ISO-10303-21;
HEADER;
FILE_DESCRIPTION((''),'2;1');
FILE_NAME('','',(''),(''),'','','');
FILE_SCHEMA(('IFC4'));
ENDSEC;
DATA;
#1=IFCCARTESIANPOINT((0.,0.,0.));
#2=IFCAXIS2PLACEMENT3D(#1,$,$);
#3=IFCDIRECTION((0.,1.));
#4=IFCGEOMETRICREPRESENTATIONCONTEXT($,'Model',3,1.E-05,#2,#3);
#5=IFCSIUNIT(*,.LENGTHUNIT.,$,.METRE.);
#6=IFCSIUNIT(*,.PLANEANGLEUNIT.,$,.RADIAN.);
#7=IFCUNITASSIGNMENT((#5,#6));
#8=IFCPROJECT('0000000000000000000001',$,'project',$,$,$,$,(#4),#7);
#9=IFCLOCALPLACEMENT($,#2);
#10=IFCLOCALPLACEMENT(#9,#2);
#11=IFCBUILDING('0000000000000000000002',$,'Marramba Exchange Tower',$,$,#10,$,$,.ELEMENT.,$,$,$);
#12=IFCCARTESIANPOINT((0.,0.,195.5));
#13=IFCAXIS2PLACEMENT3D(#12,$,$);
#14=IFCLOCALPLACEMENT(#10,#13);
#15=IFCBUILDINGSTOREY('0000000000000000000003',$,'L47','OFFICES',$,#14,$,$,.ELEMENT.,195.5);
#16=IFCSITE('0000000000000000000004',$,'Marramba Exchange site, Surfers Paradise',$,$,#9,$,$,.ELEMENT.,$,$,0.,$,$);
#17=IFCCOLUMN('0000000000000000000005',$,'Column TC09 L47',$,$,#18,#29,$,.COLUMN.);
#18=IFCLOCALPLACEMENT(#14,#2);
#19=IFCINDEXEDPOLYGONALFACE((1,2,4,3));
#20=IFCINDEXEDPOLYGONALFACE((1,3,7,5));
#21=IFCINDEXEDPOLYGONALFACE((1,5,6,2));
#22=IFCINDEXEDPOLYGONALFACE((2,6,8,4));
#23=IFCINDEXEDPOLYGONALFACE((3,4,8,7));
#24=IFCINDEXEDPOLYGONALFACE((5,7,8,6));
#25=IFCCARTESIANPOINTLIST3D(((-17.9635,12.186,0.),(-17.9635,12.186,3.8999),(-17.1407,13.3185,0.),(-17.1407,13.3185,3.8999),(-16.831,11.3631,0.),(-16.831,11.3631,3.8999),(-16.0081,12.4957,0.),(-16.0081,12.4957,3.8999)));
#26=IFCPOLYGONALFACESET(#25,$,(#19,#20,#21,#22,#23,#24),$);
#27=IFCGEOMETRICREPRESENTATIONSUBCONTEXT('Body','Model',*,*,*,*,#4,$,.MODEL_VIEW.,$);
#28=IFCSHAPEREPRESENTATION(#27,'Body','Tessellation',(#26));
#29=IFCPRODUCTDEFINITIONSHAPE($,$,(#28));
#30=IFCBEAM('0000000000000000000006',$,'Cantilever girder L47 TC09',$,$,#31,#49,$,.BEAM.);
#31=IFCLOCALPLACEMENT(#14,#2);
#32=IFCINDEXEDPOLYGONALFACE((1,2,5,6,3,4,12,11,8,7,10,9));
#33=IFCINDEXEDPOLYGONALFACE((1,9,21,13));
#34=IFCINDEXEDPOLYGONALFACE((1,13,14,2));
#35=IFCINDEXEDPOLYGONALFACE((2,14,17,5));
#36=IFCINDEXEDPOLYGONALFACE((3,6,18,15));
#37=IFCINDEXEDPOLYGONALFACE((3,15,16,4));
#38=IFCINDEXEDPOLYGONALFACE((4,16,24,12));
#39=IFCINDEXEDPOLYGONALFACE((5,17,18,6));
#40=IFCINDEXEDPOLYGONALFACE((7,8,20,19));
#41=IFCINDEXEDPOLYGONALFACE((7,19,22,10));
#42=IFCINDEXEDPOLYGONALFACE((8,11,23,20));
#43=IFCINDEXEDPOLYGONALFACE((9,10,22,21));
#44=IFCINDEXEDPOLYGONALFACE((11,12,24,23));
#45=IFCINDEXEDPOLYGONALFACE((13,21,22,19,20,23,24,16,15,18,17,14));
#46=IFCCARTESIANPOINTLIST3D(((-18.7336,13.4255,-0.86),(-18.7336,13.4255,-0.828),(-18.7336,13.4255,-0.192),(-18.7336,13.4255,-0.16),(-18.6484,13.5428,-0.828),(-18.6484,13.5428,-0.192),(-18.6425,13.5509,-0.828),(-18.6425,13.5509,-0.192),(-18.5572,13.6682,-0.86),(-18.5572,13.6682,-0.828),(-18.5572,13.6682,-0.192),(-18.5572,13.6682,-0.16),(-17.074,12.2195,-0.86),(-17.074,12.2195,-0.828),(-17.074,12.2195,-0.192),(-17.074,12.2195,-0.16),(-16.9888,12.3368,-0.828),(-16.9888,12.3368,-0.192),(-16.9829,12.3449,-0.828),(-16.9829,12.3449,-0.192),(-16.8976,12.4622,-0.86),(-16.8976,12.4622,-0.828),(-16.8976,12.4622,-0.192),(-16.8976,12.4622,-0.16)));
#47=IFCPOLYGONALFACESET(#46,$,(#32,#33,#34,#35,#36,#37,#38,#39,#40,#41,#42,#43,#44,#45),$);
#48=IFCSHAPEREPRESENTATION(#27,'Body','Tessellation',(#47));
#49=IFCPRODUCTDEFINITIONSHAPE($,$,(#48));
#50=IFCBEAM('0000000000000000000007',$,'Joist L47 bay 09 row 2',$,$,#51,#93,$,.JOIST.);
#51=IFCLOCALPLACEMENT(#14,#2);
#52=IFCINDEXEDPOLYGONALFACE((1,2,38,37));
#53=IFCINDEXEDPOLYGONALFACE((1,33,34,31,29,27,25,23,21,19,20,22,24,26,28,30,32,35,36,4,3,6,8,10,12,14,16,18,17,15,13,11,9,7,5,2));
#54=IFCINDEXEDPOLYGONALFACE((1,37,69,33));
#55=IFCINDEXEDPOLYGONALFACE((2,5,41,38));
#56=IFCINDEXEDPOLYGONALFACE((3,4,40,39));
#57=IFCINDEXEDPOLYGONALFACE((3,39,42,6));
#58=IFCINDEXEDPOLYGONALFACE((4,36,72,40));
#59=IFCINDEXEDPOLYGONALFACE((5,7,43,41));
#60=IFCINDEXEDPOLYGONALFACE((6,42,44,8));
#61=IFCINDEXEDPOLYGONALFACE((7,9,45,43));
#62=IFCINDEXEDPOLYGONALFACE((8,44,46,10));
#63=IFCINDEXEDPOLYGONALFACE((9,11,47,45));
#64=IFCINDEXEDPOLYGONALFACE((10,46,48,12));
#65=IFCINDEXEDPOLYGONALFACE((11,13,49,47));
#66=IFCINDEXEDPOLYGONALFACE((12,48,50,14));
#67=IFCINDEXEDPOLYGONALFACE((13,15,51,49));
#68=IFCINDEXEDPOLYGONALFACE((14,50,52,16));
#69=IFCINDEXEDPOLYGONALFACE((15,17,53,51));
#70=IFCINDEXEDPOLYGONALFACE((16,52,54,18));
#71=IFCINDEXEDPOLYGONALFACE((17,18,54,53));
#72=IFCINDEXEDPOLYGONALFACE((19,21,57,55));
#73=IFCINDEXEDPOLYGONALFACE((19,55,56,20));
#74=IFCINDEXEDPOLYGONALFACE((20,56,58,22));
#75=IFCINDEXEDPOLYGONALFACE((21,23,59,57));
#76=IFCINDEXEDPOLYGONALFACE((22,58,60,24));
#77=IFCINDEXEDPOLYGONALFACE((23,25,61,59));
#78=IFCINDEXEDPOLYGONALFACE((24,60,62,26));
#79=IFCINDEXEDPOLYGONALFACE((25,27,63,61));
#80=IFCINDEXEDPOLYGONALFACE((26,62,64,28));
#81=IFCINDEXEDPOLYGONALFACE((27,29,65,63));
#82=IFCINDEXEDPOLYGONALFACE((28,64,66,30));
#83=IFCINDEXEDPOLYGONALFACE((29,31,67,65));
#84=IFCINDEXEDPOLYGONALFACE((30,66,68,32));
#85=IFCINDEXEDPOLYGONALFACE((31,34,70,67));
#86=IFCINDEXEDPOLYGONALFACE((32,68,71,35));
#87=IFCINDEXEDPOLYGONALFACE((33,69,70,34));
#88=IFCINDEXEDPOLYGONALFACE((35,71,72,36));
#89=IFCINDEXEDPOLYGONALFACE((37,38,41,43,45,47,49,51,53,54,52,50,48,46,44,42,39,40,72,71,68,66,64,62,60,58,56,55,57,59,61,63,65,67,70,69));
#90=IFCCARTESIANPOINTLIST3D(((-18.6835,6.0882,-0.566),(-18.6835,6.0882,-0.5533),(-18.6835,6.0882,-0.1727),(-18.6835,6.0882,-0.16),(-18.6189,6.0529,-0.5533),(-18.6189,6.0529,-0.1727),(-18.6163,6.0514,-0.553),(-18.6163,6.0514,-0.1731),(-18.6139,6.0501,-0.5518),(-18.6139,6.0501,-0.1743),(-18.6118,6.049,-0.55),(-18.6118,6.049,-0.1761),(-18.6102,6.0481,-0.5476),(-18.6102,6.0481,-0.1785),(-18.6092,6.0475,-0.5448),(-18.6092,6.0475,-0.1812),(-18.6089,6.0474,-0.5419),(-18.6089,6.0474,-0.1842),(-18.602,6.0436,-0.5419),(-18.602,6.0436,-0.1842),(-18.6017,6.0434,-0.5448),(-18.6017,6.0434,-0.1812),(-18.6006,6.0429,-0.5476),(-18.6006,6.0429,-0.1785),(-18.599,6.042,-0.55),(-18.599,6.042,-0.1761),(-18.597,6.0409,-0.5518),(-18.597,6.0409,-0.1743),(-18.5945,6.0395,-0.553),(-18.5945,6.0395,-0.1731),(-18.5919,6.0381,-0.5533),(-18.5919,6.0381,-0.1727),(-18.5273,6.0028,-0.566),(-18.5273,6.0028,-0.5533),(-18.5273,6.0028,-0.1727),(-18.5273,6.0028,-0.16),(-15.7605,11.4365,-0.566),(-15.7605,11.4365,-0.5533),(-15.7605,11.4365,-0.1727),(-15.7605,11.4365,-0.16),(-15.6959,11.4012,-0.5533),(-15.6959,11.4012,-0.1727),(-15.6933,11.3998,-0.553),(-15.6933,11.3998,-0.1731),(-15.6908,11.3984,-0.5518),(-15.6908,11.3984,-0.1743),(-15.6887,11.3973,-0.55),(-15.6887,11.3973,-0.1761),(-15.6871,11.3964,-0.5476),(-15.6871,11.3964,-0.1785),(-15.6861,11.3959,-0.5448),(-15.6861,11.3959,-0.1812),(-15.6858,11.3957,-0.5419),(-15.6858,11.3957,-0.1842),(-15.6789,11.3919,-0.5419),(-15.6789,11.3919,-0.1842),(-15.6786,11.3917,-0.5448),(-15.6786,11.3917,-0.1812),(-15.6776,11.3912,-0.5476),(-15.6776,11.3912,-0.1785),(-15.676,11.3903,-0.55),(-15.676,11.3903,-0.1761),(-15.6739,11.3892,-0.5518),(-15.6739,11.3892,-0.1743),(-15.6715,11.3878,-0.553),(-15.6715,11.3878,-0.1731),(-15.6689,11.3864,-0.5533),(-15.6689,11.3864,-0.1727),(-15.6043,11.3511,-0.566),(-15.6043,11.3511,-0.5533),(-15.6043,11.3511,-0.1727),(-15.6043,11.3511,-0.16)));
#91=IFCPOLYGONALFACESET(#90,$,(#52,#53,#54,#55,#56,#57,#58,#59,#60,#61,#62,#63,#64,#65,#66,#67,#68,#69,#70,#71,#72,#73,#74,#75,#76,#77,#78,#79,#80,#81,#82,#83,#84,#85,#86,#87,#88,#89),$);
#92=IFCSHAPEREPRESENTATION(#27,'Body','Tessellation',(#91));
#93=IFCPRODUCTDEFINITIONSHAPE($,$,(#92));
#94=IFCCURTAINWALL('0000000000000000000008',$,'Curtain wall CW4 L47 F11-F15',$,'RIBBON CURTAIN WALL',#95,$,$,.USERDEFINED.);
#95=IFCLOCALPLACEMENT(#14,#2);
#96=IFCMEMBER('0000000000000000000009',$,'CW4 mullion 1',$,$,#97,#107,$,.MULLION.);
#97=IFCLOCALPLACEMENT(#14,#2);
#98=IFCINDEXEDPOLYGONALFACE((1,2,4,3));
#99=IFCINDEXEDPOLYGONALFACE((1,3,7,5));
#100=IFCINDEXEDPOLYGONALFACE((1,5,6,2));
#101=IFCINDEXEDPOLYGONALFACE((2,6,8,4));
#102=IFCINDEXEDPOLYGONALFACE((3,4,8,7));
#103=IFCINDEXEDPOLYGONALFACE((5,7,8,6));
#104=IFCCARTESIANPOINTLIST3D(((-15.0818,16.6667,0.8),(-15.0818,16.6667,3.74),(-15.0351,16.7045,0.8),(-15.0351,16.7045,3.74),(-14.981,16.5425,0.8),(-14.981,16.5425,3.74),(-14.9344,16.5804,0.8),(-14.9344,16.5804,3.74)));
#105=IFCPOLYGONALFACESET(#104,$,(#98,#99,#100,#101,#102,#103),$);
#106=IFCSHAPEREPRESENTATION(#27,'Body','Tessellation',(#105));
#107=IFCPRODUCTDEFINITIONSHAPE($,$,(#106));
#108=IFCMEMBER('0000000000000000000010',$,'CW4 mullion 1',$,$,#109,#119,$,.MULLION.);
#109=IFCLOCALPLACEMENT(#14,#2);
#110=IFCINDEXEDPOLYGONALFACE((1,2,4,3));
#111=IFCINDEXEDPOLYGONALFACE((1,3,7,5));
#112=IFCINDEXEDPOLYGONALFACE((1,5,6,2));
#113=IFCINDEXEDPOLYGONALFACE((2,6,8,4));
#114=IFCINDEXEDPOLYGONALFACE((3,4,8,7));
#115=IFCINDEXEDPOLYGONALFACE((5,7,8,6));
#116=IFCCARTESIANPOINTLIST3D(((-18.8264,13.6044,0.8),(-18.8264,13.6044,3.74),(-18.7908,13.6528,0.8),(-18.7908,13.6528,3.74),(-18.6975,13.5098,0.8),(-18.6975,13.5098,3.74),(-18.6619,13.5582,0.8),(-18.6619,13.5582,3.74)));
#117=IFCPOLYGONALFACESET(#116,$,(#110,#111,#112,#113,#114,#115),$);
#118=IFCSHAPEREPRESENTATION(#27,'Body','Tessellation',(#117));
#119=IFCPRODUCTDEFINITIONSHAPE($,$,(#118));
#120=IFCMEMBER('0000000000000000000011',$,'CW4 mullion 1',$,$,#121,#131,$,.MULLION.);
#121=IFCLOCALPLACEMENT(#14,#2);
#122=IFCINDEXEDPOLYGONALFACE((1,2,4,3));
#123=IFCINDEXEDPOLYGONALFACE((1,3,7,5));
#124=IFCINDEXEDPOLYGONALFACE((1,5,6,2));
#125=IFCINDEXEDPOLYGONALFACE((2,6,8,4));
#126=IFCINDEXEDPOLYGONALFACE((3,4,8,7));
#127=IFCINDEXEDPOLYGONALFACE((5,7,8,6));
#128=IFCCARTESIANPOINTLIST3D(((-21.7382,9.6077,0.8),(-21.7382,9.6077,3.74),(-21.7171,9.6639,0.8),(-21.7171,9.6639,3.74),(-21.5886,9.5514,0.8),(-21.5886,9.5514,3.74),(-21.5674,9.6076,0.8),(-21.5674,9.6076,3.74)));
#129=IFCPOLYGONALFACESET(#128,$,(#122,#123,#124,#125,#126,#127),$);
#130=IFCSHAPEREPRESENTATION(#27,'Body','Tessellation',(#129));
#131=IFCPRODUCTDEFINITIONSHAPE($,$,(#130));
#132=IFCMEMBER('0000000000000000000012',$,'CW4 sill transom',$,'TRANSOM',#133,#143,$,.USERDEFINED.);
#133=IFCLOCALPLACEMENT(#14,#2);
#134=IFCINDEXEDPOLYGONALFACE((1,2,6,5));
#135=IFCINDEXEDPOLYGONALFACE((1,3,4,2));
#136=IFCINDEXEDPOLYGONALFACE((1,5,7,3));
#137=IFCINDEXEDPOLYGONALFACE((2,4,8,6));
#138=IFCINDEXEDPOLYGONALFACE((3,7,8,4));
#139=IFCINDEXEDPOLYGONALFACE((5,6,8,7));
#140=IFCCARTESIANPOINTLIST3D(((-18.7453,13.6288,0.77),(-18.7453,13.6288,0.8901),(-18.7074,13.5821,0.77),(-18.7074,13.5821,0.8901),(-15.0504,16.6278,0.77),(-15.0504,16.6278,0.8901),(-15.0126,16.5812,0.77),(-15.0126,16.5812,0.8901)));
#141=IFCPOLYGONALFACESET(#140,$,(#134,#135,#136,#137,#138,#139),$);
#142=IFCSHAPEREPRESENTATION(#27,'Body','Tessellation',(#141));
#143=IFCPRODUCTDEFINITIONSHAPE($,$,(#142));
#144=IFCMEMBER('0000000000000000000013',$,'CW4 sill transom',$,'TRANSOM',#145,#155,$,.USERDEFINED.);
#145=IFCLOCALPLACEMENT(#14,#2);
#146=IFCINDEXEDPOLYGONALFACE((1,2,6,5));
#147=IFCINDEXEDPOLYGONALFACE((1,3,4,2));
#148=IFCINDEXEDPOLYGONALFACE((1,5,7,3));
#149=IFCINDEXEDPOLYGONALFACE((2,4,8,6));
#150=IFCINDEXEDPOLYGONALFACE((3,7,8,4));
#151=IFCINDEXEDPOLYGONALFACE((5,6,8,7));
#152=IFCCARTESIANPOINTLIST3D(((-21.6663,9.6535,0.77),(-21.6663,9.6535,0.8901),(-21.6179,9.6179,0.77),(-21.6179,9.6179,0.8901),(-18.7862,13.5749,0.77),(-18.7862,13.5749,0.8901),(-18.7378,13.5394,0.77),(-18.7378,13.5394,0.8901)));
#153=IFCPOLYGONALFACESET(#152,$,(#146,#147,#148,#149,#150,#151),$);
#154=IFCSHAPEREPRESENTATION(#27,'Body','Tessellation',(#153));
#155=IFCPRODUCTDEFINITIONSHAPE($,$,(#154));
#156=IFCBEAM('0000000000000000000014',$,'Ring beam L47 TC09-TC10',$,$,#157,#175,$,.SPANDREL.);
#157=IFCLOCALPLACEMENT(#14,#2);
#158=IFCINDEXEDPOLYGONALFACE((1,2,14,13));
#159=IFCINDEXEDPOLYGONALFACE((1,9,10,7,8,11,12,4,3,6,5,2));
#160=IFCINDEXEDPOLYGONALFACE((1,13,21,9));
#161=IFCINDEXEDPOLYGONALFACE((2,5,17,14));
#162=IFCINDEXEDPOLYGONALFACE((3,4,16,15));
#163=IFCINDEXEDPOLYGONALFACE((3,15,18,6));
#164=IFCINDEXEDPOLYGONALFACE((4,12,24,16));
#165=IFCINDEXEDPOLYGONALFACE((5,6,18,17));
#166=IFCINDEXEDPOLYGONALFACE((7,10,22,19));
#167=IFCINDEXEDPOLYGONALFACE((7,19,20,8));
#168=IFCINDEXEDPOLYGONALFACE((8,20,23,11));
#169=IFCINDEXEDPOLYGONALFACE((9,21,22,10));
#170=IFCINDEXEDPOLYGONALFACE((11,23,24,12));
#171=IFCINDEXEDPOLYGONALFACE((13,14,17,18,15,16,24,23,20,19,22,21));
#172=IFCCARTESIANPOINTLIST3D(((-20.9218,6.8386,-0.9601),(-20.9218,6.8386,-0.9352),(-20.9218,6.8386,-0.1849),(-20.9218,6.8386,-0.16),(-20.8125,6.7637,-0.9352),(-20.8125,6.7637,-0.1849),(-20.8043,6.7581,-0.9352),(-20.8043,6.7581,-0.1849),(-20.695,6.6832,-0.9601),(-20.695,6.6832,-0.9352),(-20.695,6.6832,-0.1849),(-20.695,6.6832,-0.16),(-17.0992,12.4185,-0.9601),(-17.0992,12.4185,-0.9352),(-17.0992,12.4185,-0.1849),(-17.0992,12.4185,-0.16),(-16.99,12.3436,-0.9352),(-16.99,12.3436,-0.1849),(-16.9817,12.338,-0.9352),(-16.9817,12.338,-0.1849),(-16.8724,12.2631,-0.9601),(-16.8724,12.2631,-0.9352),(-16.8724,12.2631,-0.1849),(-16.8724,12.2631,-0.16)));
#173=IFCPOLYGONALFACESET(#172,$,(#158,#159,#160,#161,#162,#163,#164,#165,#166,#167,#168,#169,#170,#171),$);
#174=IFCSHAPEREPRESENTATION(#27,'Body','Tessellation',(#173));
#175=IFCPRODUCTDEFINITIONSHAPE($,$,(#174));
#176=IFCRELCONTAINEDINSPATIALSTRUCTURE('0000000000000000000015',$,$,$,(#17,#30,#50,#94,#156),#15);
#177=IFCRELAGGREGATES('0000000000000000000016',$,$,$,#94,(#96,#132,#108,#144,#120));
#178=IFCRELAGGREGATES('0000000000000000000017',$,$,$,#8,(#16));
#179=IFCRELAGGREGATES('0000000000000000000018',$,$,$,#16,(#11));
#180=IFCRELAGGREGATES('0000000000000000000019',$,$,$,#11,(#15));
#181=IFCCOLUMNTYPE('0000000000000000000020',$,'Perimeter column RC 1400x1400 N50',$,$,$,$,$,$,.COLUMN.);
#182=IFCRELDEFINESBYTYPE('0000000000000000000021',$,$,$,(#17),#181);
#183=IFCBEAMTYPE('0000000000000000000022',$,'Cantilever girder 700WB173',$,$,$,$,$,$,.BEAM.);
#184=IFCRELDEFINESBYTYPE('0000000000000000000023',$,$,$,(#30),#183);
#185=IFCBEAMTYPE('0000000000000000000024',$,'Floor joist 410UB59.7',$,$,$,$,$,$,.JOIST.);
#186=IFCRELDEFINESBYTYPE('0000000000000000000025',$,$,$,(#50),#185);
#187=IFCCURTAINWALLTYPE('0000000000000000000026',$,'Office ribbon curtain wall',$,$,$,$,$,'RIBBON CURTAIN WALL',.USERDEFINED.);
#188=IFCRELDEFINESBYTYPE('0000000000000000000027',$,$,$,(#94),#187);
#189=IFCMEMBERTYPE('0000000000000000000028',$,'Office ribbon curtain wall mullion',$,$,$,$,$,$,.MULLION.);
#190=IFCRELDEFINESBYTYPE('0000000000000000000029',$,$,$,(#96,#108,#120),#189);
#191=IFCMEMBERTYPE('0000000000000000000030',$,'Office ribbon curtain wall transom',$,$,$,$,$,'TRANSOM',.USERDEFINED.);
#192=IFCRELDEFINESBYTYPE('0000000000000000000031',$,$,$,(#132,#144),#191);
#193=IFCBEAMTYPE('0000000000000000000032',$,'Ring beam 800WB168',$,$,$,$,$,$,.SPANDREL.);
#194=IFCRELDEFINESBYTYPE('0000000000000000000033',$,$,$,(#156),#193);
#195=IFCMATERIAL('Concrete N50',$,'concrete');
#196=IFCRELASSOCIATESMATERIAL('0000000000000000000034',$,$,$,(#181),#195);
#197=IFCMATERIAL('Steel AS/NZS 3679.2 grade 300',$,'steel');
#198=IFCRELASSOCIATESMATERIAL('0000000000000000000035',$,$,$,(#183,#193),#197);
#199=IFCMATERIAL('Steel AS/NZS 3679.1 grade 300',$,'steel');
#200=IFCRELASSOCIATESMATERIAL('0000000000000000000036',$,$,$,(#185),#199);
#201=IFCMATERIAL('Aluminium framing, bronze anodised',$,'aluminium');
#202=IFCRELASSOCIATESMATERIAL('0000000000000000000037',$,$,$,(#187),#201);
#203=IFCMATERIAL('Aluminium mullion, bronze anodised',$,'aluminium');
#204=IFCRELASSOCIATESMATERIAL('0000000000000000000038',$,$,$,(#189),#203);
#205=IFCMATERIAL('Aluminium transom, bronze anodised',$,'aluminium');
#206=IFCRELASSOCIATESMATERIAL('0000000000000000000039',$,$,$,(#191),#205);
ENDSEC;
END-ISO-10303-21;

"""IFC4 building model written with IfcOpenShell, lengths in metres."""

from ifc_helpers import new_model, si_unit, direction, frame, origin, origin_2d, place, context, subcontext, project, spatial, rectangle, i_section, extrude, material, material_profile, profile_set, type_object, element, aggregate, save


model = new_model("IFC4")

# Units and contexts
model_context = context("Model", 3, precision=1e-05, world=origin(), true_north=direction((0.0, 1.0)))
body_context = subcontext(model_context, "Body", "Model", "MODEL_VIEW")
ifc_project = project(units=[si_unit("LENGTHUNIT", "METRE"), si_unit("PLANEANGLEUNIT", "RADIAN")], contexts=[model_context])

# Site, building, storey
site_placement = place(None, origin())
site = spatial("IfcSite", under=ifc_project, at=site_placement, Name="Marramba Exchange site, Surfers Paradise", CompositionType="ELEMENT", RefElevation=0.0)
building_placement = place(site_placement, origin())
building = spatial("IfcBuilding", under=site, at=building_placement, Name="Marramba Exchange Tower", CompositionType="ELEMENT")
storey_placement = place(building_placement, frame((0.0, 0.0, 195.5)))
storey = spatial("IfcBuildingStorey", under=building, at=storey_placement, Name="L47", Description="OFFICES", CompositionType="ELEMENT", Elevation=195.5)

# Column
ifc_material_1 = material(Name="Concrete N50", Category="concrete")
ifc_material_profile_1 = material_profile(ifc_material_1, rectangle(XDim=1.3999, YDim=1.3999, at=origin_2d()), Name="RC 1400x1400")
ifc_profile_set_1 = profile_set([ifc_material_profile_1], Name="Concrete N50")
column_type = type_object("IfcColumnType", Name="Perimeter column RC 1400x1400 N50", PredefinedType="COLUMN", material=ifc_profile_set_1)
column_placement = place(storey_placement, frame((-16.9858, 12.3408, 0.0), z_axis=(0.0, 0.0, 1.0), x_axis=(-0.809017, 0.587785, 0.0)))
element("IfcColumn", 1, at=column_placement, inside=storey, type_object=column_type, Name="Column TC09 L47", PredefinedType="COLUMN", context=body_context, shape_type="SweptSolid", body=[
    extrude(rectangle(XDim=1.3999, YDim=1.3999, at=origin_2d()), origin(), (0.0, 0.0, 1.0), 3.8999),
])

# Beams
ifc_material_2 = material(Name="Steel AS/NZS 3679.2 grade 300", Category="steel")
ifc_material_profile_2 = material_profile(ifc_material_2, i_section(OverallWidth=0.3, OverallDepth=0.7, WebThickness=0.01, FlangeThickness=0.032, at=origin_2d()), Name="700WB173")
ifc_profile_set_2 = profile_set([ifc_material_profile_2], Name="Steel AS/NZS 3679.2 grade 300")
beam_type_1 = type_object("IfcBeamType", Name="Cantilever girder 700WB173", PredefinedType="BEAM", material=ifc_profile_set_2)
beam_1_placement = place(storey_placement, frame((-16.9858, 12.3408, -0.51), z_axis=(-0.808962, 0.58786, 0.0), x_axis=(-0.58786, -0.808962, 0.0)))
element("IfcBeam", 2, at=beam_1_placement, inside=storey, type_object=beam_type_1, Name="Cantilever girder L47 TC09", PredefinedType="BEAM", context=body_context, shape_type="SweptSolid", body=[
    extrude(i_section(OverallWidth=0.3, OverallDepth=0.7, WebThickness=0.01, FlangeThickness=0.032, at=origin_2d()), origin(), (0.0, 0.0, 1.0), 2.0515),
])
ifc_material_3 = material(Name="Steel AS/NZS 3679.1 grade 300", Category="steel")
ifc_material_profile_3 = material_profile(ifc_material_3, i_section(OverallWidth=0.178, OverallDepth=0.406, WebThickness=0.0078, FlangeThickness=0.0127, FilletRadius=0.0115, at=origin_2d()), Name="410UB59.7")
ifc_profile_set_3 = profile_set([ifc_material_profile_3], Name="Steel AS/NZS 3679.1 grade 300")
beam_type_2 = type_object("IfcBeamType", Name="Floor joist 410UB59.7", PredefinedType="JOIST", material=ifc_profile_set_3)
beam_2_placement = place(storey_placement, frame((-15.6824, 11.3938, -0.363), z_axis=(-0.479584, -0.877496, 0.0), x_axis=(0.877496, -0.479584, 0.0)))
element("IfcBeam", 3, at=beam_2_placement, inside=storey, type_object=beam_type_2, Name="Joist L47 bay 09 row 2", PredefinedType="JOIST", context=body_context, shape_type="SweptSolid", body=[
    extrude(i_section(OverallWidth=0.178, OverallDepth=0.406, WebThickness=0.0078, FlangeThickness=0.0127, FilletRadius=0.0115, at=origin_2d()), origin(), (0.0, 0.0, 1.0), 6.095),
])

# Curtain wall, members
ifc_material_4 = material(Name="Aluminium framing, bronze anodised", Category="aluminium")
curtain_wall_type = type_object("IfcCurtainWallType", Name="Office ribbon curtain wall", ElementType="RIBBON CURTAIN WALL", PredefinedType="USERDEFINED", material=ifc_material_4)
curtain_wall_placement = place(storey_placement, origin())
curtain_wall = element("IfcCurtainWall", 4, at=curtain_wall_placement, inside=storey, type_object=curtain_wall_type, Name="Curtain wall CW4 L47 F11-F15", ObjectType="RIBBON CURTAIN WALL", PredefinedType="USERDEFINED")
ifc_material_5 = material(Name="Aluminium mullion, bronze anodised", Category="aluminium")
ifc_material_profile_4 = material_profile(ifc_material_5, rectangle(XDim=0.1599, YDim=0.0601, at=origin_2d()), Name="CW4 mullion 60x160")
ifc_profile_set_4 = profile_set([ifc_material_profile_4], Name="Aluminium mullion, bronze anodised")
member_type_1 = type_object("IfcMemberType", Name="Office ribbon curtain wall mullion", PredefinedType="MULLION", material=ifc_profile_set_4)
member_1_placement = place(storey_placement, frame((-15.0081, 16.6235, 0.8), z_axis=(0.0, 0.0, 1.0), x_axis=(0.630201, -0.776432, 0.0)))
member_1 = element("IfcMember", 5, at=member_1_placement, type_object=member_type_1, Name="CW4 mullion 1", PredefinedType="MULLION", context=body_context, shape_type="SweptSolid", body=[
    extrude(rectangle(XDim=0.1599, YDim=0.0601, at=origin_2d()), origin(), (0.0, 0.0, 1.0), 2.9399),
])
member_2_placement = place(storey_placement, frame((-18.7441, 13.5813, 0.8), z_axis=(0.0, 0.0, 1.0), x_axis=(0.805965, -0.591963, 0.0)))
member_2 = element("IfcMember", 6, at=member_2_placement, type_object=member_type_1, Name="CW4 mullion 1", PredefinedType="MULLION", context=body_context, shape_type="SweptSolid", body=[
    extrude(rectangle(XDim=0.1599, YDim=0.0601, at=origin_2d()), origin(), (0.0, 0.0, 1.0), 2.9399),
])
member_3_placement = place(storey_placement, frame((-21.6528, 9.6077, 0.8), z_axis=(0.0, 0.0, 1.0), x_axis=(0.936018, -0.351952, 0.0)))
member_3 = element("IfcMember", 7, at=member_3_placement, type_object=member_type_1, Name="CW4 mullion 1", PredefinedType="MULLION", context=body_context, shape_type="SweptSolid", body=[
    extrude(rectangle(XDim=0.1599, YDim=0.0601, at=origin_2d()), origin(), (0.0, 0.0, 1.0), 2.9399),
])
ifc_material_6 = material(Name="Aluminium transom, bronze anodised", Category="aluminium")
ifc_material_profile_5 = material_profile(ifc_material_6, rectangle(XDim=0.0601, YDim=0.1201, at=origin_2d()), Name="CW4 transom 60x120")
ifc_profile_set_5 = profile_set([ifc_material_profile_5], Name="Aluminium transom, bronze anodised")
member_type_2 = type_object("IfcMemberType", Name="Office ribbon curtain wall transom", ElementType="TRANSOM", PredefinedType="USERDEFINED", material=ifc_profile_set_5)
member_4_placement = place(storey_placement, frame((-15.0315, 16.6045, 0.8301), z_axis=(-0.776425, -0.63021, 0.0), x_axis=(0.63021, -0.776425, 0.0)))
member_4 = element("IfcMember", 8, at=member_4_placement, type_object=member_type_2, Name="CW4 sill transom", ObjectType="TRANSOM", PredefinedType="USERDEFINED", context=body_context, shape_type="SweptSolid", body=[
    extrude(rectangle(XDim=0.0601, YDim=0.1201, at=origin_2d()), origin(), (0.0, 0.0, 1.0), 4.7588),
])
member_5_placement = place(storey_placement, frame((-18.762, 13.5571, 0.8301), z_axis=(-0.591957, -0.805969, 0.0), x_axis=(0.805969, -0.591957, 0.0)))
member_5 = element("IfcMember", 9, at=member_5_placement, type_object=member_type_2, Name="CW4 sill transom", ObjectType="TRANSOM", PredefinedType="USERDEFINED", context=body_context, shape_type="SweptSolid", body=[
    extrude(rectangle(XDim=0.0601, YDim=0.1201, at=origin_2d()), origin(), (0.0, 0.0, 1.0), 4.8655),
])

# Beam
ifc_material_profile_6 = material_profile(ifc_material_2, i_section(OverallWidth=0.2749, OverallDepth=0.8, WebThickness=0.01, FlangeThickness=0.0249, at=origin_2d()), Name="800WB168")
ifc_profile_set_6 = profile_set([ifc_material_profile_6], Name="Steel AS/NZS 3679.2 grade 300")
beam_type_3 = type_object("IfcBeamType", Name="Ring beam 800WB168", PredefinedType="SPANDREL", material=ifc_profile_set_6)
beam_3_placement = place(storey_placement, frame((-16.9858, 12.3408, -0.5601), z_axis=(-0.56516, -0.824981, 0.0), x_axis=(0.824981, -0.56516, 0.0)))
element("IfcBeam", 10, at=beam_3_placement, inside=storey, type_object=beam_type_3, Name="Ring beam L47 TC09-TC10", PredefinedType="SPANDREL", context=body_context, shape_type="SweptSolid", body=[
    extrude(i_section(OverallWidth=0.2749, OverallDepth=0.8, WebThickness=0.01, FlangeThickness=0.0249, at=origin_2d()), origin(), (0.0, 0.0, 1.0), 6.7637),
])

aggregate(curtain_wall, [member_1, member_4, member_2, member_5, member_3])

save(model, "model.ifc")
